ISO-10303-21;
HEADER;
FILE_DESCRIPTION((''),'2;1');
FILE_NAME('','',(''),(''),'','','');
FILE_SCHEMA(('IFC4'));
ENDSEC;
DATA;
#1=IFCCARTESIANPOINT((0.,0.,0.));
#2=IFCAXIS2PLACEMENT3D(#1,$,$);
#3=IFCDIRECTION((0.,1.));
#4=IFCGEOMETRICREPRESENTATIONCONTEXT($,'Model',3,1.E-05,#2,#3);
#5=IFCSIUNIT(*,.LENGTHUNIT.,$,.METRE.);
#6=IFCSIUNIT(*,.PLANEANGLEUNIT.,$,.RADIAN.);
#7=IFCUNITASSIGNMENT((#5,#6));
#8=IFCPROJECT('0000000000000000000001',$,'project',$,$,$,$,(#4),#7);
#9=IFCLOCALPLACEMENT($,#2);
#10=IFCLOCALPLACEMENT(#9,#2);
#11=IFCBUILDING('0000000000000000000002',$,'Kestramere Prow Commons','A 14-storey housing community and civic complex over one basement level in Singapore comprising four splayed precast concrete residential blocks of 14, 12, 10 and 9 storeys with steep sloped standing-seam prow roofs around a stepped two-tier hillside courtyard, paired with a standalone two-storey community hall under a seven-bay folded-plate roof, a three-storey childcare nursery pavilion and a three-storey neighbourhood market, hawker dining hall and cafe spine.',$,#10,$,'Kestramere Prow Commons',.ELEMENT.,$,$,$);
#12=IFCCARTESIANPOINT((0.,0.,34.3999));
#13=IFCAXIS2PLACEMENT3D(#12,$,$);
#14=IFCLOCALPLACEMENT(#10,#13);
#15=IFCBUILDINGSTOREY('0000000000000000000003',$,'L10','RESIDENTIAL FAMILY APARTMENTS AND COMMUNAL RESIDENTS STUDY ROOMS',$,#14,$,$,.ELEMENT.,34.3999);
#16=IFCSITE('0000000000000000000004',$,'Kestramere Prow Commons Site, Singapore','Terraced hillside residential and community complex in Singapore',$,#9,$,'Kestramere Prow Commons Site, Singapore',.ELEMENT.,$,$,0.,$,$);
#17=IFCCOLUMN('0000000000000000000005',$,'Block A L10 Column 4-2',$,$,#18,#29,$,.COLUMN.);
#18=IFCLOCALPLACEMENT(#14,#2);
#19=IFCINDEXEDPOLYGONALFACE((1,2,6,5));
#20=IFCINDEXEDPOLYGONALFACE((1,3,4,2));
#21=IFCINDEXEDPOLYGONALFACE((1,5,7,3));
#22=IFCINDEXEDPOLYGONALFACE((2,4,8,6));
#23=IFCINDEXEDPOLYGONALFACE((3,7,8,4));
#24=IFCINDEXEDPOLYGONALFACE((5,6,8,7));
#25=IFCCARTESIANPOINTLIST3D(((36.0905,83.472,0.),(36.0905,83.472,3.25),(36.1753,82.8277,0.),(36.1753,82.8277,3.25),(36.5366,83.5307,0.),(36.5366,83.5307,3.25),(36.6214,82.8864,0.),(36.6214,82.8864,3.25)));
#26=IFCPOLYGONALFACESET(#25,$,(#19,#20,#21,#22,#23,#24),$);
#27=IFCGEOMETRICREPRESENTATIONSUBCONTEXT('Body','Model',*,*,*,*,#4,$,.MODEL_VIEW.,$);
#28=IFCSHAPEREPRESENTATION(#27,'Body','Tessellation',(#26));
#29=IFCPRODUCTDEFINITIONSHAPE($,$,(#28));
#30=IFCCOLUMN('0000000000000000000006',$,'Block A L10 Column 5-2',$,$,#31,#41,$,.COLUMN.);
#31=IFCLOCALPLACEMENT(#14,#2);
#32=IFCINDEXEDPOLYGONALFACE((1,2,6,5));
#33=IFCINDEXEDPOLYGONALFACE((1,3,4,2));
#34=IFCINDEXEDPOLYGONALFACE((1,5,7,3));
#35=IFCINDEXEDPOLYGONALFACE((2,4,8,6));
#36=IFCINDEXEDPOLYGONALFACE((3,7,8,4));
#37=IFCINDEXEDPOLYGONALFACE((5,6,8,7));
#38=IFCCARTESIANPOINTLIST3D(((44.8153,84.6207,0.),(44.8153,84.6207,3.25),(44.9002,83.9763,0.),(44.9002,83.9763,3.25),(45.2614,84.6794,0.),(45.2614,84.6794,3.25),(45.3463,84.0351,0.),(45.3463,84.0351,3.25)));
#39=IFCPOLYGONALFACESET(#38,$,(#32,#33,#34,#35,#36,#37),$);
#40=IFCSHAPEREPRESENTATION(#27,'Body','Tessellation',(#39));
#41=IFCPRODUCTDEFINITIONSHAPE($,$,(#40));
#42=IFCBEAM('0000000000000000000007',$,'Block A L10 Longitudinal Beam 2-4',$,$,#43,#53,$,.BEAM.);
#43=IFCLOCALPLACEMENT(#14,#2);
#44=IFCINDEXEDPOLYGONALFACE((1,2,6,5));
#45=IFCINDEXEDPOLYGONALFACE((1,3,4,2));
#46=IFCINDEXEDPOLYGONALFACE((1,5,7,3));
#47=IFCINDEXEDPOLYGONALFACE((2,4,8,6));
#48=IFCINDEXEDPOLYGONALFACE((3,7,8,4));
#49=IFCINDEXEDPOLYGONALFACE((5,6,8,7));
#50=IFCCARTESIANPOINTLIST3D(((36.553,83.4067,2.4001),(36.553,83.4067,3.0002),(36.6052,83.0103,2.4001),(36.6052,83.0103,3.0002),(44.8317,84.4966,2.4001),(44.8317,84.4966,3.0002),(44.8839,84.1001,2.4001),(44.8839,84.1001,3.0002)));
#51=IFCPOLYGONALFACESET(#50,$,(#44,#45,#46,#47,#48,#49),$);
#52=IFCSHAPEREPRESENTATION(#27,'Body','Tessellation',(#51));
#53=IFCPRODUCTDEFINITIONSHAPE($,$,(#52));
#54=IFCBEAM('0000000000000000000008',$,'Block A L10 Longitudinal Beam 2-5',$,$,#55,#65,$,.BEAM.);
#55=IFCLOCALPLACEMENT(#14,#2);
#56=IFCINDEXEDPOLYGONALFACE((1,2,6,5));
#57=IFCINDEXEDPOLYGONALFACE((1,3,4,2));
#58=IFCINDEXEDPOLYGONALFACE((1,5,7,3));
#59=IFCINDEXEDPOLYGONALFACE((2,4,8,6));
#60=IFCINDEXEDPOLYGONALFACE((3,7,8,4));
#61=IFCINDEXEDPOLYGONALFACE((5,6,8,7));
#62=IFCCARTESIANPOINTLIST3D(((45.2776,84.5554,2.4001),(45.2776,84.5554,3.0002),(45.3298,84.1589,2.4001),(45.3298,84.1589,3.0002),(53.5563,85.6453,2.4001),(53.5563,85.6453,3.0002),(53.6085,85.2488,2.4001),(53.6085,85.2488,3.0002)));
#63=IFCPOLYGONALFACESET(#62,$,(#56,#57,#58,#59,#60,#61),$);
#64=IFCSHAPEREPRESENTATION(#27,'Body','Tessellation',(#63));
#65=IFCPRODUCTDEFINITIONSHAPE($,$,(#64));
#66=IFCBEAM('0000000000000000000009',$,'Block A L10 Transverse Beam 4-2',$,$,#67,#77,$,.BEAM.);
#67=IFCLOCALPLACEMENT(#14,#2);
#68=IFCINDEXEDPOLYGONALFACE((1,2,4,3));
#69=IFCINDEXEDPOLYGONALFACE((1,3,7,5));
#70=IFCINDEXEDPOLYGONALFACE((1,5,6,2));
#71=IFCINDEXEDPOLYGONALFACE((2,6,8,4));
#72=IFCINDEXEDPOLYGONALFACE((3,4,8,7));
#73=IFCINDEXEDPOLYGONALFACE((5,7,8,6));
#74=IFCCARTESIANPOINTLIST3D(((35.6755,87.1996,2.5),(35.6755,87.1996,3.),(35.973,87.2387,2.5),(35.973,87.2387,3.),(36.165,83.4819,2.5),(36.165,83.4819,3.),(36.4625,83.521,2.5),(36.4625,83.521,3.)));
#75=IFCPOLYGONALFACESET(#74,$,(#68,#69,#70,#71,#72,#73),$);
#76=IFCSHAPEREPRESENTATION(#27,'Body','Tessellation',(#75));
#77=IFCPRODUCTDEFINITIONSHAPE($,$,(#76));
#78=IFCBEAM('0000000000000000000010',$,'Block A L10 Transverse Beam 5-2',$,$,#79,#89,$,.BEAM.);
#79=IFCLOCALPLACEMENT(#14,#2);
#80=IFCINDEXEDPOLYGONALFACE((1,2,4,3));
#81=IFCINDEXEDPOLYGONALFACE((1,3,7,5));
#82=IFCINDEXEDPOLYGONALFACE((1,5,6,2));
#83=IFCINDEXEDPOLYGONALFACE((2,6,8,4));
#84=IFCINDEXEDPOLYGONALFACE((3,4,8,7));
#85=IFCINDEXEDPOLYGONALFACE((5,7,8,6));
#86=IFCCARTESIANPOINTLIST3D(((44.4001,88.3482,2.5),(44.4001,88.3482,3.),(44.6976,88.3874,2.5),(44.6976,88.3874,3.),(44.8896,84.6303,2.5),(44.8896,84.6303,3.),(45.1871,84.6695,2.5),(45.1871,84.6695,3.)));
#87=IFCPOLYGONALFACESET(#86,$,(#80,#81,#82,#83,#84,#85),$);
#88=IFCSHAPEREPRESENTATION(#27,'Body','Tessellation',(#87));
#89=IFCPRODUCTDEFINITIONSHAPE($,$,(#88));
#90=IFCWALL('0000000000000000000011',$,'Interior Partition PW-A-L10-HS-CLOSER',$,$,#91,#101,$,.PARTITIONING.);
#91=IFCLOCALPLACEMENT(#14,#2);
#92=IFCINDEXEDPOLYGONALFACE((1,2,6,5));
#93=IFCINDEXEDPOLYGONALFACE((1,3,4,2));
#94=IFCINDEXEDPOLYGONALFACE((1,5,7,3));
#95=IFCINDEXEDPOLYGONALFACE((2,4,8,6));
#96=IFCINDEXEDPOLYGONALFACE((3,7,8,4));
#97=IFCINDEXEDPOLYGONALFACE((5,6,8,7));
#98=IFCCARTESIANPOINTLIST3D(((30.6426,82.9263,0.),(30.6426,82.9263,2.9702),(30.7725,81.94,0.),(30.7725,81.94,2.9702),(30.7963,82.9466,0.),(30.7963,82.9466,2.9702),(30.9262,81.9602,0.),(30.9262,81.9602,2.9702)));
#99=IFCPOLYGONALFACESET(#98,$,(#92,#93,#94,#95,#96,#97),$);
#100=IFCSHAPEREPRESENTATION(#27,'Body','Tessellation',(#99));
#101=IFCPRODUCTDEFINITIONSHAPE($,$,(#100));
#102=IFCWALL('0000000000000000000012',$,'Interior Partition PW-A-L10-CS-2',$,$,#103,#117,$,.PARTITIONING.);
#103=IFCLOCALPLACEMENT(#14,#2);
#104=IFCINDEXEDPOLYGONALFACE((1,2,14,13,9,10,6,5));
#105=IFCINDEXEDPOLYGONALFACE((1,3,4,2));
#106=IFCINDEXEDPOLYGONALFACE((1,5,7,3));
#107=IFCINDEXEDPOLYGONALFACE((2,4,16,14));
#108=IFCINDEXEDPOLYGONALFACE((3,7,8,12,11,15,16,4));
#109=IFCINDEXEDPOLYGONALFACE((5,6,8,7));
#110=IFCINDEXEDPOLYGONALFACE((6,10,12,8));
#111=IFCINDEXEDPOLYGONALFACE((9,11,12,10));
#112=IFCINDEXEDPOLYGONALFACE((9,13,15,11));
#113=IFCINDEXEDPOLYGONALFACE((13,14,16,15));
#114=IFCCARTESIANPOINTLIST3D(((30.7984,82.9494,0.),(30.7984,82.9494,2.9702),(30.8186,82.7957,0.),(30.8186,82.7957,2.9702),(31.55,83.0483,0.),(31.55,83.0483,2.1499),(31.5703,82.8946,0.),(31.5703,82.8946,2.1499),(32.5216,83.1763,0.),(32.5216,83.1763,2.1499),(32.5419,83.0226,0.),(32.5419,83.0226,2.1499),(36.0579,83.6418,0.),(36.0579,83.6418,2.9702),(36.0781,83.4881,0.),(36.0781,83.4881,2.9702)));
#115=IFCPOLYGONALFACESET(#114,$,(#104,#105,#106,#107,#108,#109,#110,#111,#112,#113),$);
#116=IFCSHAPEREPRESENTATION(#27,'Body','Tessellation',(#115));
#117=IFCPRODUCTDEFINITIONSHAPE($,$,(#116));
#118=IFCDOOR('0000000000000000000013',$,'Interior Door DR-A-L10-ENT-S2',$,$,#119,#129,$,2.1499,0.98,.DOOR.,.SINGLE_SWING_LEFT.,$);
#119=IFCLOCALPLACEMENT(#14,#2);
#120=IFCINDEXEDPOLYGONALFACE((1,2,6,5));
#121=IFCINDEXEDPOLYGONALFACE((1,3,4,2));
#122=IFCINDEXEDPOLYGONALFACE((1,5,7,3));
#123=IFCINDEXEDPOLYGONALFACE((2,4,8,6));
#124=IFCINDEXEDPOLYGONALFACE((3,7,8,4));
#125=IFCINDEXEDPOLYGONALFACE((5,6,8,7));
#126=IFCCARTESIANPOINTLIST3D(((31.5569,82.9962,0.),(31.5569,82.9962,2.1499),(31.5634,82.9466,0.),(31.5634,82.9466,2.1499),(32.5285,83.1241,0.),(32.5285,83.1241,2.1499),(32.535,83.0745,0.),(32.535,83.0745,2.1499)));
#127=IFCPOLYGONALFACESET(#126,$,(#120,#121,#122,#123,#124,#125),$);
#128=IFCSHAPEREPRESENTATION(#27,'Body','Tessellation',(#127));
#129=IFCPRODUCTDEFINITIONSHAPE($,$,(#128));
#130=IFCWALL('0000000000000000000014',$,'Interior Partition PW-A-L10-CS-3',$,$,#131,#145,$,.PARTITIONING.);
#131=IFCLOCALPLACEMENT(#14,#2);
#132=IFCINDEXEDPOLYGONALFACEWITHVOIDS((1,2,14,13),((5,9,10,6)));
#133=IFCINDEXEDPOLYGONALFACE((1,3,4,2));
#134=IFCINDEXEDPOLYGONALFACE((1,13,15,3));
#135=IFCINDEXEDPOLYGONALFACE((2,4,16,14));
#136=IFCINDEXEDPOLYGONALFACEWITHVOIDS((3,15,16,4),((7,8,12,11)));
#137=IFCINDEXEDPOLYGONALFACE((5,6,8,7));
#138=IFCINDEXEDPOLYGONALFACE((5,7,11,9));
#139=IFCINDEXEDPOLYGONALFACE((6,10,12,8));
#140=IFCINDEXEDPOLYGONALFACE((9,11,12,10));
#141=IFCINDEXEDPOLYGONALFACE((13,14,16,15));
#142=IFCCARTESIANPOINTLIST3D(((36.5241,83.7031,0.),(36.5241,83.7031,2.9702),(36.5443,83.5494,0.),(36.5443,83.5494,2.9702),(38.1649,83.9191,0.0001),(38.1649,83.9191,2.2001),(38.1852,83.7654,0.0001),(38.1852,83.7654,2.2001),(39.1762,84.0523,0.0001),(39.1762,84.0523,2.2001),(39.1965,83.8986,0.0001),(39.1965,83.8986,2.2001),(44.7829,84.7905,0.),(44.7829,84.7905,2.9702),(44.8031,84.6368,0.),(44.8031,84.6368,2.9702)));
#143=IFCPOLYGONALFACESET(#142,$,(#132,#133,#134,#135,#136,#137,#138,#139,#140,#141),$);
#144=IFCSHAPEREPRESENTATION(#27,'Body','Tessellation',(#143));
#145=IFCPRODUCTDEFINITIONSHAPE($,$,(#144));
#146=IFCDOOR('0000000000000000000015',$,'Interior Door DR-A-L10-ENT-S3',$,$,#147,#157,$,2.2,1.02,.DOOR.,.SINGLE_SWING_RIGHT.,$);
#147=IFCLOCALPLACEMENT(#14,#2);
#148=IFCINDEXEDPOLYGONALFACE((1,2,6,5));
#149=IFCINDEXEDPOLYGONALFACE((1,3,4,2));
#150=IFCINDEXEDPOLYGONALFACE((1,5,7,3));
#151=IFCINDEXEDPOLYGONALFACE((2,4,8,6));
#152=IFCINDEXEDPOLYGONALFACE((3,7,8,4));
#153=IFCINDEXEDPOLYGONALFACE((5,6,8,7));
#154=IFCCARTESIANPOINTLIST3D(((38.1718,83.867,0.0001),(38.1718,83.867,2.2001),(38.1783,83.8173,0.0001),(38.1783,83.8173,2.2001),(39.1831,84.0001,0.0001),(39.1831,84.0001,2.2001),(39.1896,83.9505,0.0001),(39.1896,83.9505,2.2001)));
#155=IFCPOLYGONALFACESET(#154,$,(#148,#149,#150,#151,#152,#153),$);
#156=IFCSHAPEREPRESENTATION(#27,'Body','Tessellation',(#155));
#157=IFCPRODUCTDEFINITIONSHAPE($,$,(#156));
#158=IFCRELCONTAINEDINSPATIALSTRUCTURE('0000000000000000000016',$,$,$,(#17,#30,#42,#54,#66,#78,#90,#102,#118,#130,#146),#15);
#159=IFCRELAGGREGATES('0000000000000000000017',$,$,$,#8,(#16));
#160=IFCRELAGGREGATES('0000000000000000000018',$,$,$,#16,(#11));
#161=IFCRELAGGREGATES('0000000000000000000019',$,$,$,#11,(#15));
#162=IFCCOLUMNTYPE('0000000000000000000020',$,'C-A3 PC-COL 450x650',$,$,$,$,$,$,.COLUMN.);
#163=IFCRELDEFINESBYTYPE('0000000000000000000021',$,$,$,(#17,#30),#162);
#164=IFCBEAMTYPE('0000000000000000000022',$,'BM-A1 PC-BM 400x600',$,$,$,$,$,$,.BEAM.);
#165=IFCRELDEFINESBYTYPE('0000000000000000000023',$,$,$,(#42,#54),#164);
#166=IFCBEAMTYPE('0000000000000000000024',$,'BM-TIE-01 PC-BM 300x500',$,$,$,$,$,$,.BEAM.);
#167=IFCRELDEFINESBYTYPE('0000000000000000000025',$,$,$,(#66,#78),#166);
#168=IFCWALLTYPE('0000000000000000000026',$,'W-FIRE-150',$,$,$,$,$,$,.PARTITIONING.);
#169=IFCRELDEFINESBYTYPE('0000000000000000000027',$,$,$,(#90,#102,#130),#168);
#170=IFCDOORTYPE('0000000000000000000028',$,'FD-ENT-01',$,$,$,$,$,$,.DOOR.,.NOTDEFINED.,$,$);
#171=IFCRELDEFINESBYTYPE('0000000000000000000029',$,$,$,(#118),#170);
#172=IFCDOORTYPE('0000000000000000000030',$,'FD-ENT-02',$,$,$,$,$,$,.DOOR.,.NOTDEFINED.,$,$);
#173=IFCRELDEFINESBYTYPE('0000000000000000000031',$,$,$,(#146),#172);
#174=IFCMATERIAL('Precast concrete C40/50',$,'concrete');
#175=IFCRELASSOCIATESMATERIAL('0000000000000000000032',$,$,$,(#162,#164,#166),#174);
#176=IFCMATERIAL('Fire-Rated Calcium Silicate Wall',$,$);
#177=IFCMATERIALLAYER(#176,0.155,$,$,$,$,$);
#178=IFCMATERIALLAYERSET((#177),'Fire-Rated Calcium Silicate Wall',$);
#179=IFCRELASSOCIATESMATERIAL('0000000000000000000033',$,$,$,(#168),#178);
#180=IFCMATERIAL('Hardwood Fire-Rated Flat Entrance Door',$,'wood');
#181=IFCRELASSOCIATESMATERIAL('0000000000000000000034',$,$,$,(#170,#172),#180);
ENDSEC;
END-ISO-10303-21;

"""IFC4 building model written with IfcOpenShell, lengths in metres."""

from ifc_helpers import new_model, si_unit, direction, frame, frame_2d, origin, origin_2d, place, context, subcontext, project, spatial, rectangle, extrude, material, layer, layer_set, material_profile, profile_set, type_object, element, fill, save


model = new_model("IFC4")

# Units and contexts
model_context = context("Model", 3, precision=1e-05, world=origin(), true_north=direction((0.0, 1.0)))
body_context = subcontext(model_context, "Body", "Model", "MODEL_VIEW")
ifc_project = project(units=[si_unit("LENGTHUNIT", "METRE"), si_unit("PLANEANGLEUNIT", "RADIAN")], contexts=[model_context])

# Site, building, storey
site_placement = place(None, origin())
site = spatial("IfcSite", under=ifc_project, at=site_placement, Name="Kestramere Prow Commons Site, Singapore", Description="Terraced hillside residential and community complex in Singapore", LongName="Kestramere Prow Commons Site, Singapore", CompositionType="ELEMENT", RefElevation=0.0)
building_placement = place(site_placement, origin())
building = spatial("IfcBuilding", under=site, at=building_placement, Name="Kestramere Prow Commons", Description="A 14-storey housing community and civic complex over one basement level in Singapore comprising four splayed precast concrete residential blocks of 14, 12, 10 and 9 storeys with steep sloped standing-seam prow roofs around a stepped two-tier hillside courtyard, paired with a standalone two-storey community hall under a seven-bay folded-plate roof, a three-storey childcare nursery pavilion and a three-storey neighbourhood market, hawker dining hall and cafe spine.", LongName="Kestramere Prow Commons", CompositionType="ELEMENT")
storey_placement = place(building_placement, frame((0.0, 0.0, 34.3999)))
storey = spatial("IfcBuildingStorey", under=building, at=storey_placement, Name="L10", Description="RESIDENTIAL FAMILY APARTMENTS AND COMMUNAL RESIDENTS STUDY ROOMS", CompositionType="ELEMENT", Elevation=34.3999)

# Columns
ifc_material_1 = material(Name="Precast concrete C40/50", Category="concrete")
ifc_material_profile_1 = material_profile(ifc_material_1, rectangle(XDim=0.45, YDim=0.6499, at=origin_2d()), Name="PC-COL 450x650")
ifc_profile_set_1 = profile_set([ifc_material_profile_1], Name="Precast concrete C40/50")
column_type = type_object("IfcColumnType", Name="C-A3 PC-COL 450x650", PredefinedType="COLUMN", material=ifc_profile_set_1)
for number, where, z_axis, x_axis, name in (
    (1, (36.356, 83.1792, 0.0), (0.0, 0.0, 1.0), (0.991445, 0.130526, 0.0), "Block A L10 Column 4-2"),
    (2, (45.0808, 84.3279, 0.0), (0.0, 0.0, 1.0), (0.991445, 0.130526, 0.0), "Block A L10 Column 5-2"),
):
    element("IfcColumn", number, at=place(storey_placement, frame(where, z_axis=z_axis, x_axis=x_axis)), inside=storey, type_object=column_type, Name=name, PredefinedType="COLUMN", context=body_context, shape_type="SweptSolid", body=[
        extrude(rectangle(XDim=0.45, YDim=0.6499, at=origin_2d()), origin(), (0.0, 0.0, 1.0), 3.25),
    ])

# Beams
ifc_material_profile_2 = material_profile(ifc_material_1, rectangle(XDim=0.3999, YDim=0.6001, at=origin_2d()), Name="PC-BM 400x600")
ifc_profile_set_2 = profile_set([ifc_material_profile_2], Name="Precast concrete C40/50")
beam_type_1 = type_object("IfcBeamType", Name="BM-A1 PC-BM 400x600", PredefinedType="BEAM", material=ifc_profile_set_2)
for number, where, z_axis, x_axis, name in (
    (3, (36.5791, 83.2085, 2.7002), (0.991446, 0.13052, 0.0), (-0.13052, 0.991446, 0.0), "Block A L10 Longitudinal Beam 2-4"),
    (4, (45.3037, 84.3572, 2.7002), (0.991446, 0.13052, 0.0), (-0.13052, 0.991446, 0.0), "Block A L10 Longitudinal Beam 2-5"),
):
    element("IfcBeam", number, at=place(storey_placement, frame(where, z_axis=z_axis, x_axis=x_axis)), inside=storey, type_object=beam_type_1, Name=name, PredefinedType="BEAM", context=body_context, shape_type="SweptSolid", body=[
        extrude(rectangle(XDim=0.3999, YDim=0.6001, at=origin_2d()), origin(), (0.0, 0.0, 1.0), 8.3501),
    ])
ifc_material_profile_3 = material_profile(ifc_material_1, rectangle(XDim=0.3, YDim=0.5, at=origin_2d()), Name="PC-BM 300x500")
ifc_profile_set_3 = profile_set([ifc_material_profile_3], Name="Precast concrete C40/50")
beam_type_2 = type_object("IfcBeamType", Name="BM-TIE-01 PC-BM 300x500", PredefinedType="BEAM", material=ifc_profile_set_3)
beam_1_placement = place(storey_placement, frame((36.3137, 83.5015, 2.75), z_axis=(-0.130539, 0.991443, 0.0), x_axis=(-0.991443, -0.130539, 0.0)))
element("IfcBeam", 5, at=beam_1_placement, inside=storey, type_object=beam_type_2, Name="Block A L10 Transverse Beam 4-2", PredefinedType="BEAM", context=body_context, shape_type="SweptSolid", body=[
    extrude(rectangle(XDim=0.3, YDim=0.5, at=origin_2d()), origin(), (0.0, 0.0, 1.0), 3.7498),
])
beam_2_placement = place(storey_placement, frame((45.0383, 84.6499, 2.75), z_axis=(-0.13053, 0.991444, 0.0), x_axis=(-0.991444, -0.13053, 0.0)))
element("IfcBeam", 6, at=beam_2_placement, inside=storey, type_object=beam_type_2, Name="Block A L10 Transverse Beam 5-2", PredefinedType="BEAM", context=body_context, shape_type="SweptSolid", body=[
    extrude(rectangle(XDim=0.3, YDim=0.5, at=origin_2d()), origin(), (0.0, 0.0, 1.0), 3.75),
])

# Wall
ifc_material_2 = material(Name="Fire-Rated Calcium Silicate Wall")
ifc_layer_1 = layer(ifc_material_2, 0.155)
ifc_layer_set_1 = layer_set([ifc_layer_1], Name="Fire-Rated Calcium Silicate Wall")
wall_type_1 = type_object("IfcWallType", Name="W-FIRE-150", PredefinedType="PARTITIONING", material=ifc_layer_set_1)
wall_1_placement = place(storey_placement, frame((30.8494, 81.95, 0.0), z_axis=(0.0, 0.0, 1.0), x_axis=(-0.130556, 0.991441, 0.0)))
element("IfcWall", 7, at=wall_1_placement, inside=storey, type_object=wall_type_1, Name="Interior Partition PW-A-L10-HS-CLOSER", PredefinedType="PARTITIONING", context=body_context, shape_type="SweptSolid", body=[
    extrude(rectangle(XDim=0.9949, YDim=0.155, at=frame_2d((0.4976, 0.0))), origin(), (0.0, 0.0, 1.0), 2.9702),
])

# Walls, openings, doors
wall_2_placement = place(storey_placement, frame((30.8086, 82.8726, 0.0), z_axis=(0.0, 0.0, 1.0), x_axis=(0.991446, 0.130518, 0.0)))
wall_2 = element("IfcWall", 8, at=wall_2_placement, inside=storey, type_object=wall_type_1, Name="Interior Partition PW-A-L10-CS-2", PredefinedType="PARTITIONING", context=body_context, shape_type="SweptSolid", body=[
    extrude(rectangle(XDim=5.3049, YDim=0.155, at=frame_2d((2.6523, 0.0))), origin(), (0.0, 0.0, 1.0), 2.9702),
])
opening_1_placement = place(wall_2_placement, frame((0.7581, 0.0, 0.0)))
opening_1 = element("IfcOpeningElement", 9, at=opening_1_placement, cuts=wall_2, PredefinedType="OPENING", context=body_context, shape_type="SweptSolid", body=[
    extrude(rectangle(XDim=0.98, YDim=2.1499, at=frame_2d((0.49, 1.075))), frame((0.0, 0.0925, 0.0), z_axis=(0.0, -1.0, 0.0), x_axis=(1.0, 0.0, 0.0)), (0.0, 0.0, 1.0), 0.1851),
])
ifc_material_3 = material(Name="Hardwood Fire-Rated Flat Entrance Door", Category="wood")
door_type_1 = type_object("IfcDoorType", Name="FD-ENT-01", OperationType="NOTDEFINED", PredefinedType="DOOR", material=ifc_material_3)
door_1_placement = place(opening_1_placement, origin())
door_1 = element("IfcDoor", 10, at=door_1_placement, inside=storey, type_object=door_type_1, Name="Interior Door DR-A-L10-ENT-S2", OperationType="SINGLE_SWING_LEFT", OverallHeight=2.1499, OverallWidth=0.98, PredefinedType="DOOR", context=body_context, shape_type="SweptSolid", body=[
    extrude(rectangle(XDim=0.98, YDim=2.1499, at=frame_2d((0.49, 1.075))), frame((0.0, 0.0249, 0.0), z_axis=(0.0, -1.0, 0.0), x_axis=(1.0, 0.0, 0.0)), (0.0, 0.0, 1.0), 0.05),
])
fill(opening_1, door_1)
wall_3_placement = place(storey_placement, frame((36.5342, 83.6262, 0.0), z_axis=(0.0, 0.0, 1.0), x_axis=(0.991443, 0.130539, 0.0)))
wall_3 = element("IfcWall", 11, at=wall_3_placement, inside=storey, type_object=wall_type_1, Name="Interior Partition PW-A-L10-CS-3", PredefinedType="PARTITIONING", context=body_context, shape_type="SweptSolid", body=[
    extrude(rectangle(XDim=8.3301, YDim=0.155, at=frame_2d((4.165, 0.0))), origin(), (0.0, 0.0, 1.0), 2.9702),
])
opening_2_placement = place(wall_3_placement, frame((1.655, 0.0, 0.0)))
opening_2 = element("IfcOpeningElement", 12, at=opening_2_placement, cuts=wall_3, PredefinedType="OPENING", context=body_context, shape_type="SweptSolid", body=[
    extrude(rectangle(XDim=1.02, YDim=2.2, at=frame_2d((0.51, 1.1001))), frame((0.0, 0.0925, 0.0), z_axis=(0.0, -1.0, 0.0), x_axis=(1.0, 0.0, 0.0)), (0.0, 0.0, 1.0), 0.1851),
])
door_type_2 = type_object("IfcDoorType", Name="FD-ENT-02", OperationType="NOTDEFINED", PredefinedType="DOOR", material=ifc_material_3)
door_2_placement = place(opening_2_placement, origin())
door_2 = element("IfcDoor", 13, at=door_2_placement, inside=storey, type_object=door_type_2, Name="Interior Door DR-A-L10-ENT-S3", OperationType="SINGLE_SWING_RIGHT", OverallHeight=2.2, OverallWidth=1.02, PredefinedType="DOOR", context=body_context, shape_type="SweptSolid", body=[
    extrude(rectangle(XDim=1.02, YDim=2.2, at=frame_2d((0.51, 1.1001))), frame((0.0, 0.0249, 0.0), z_axis=(0.0, -1.0, 0.0), x_axis=(1.0, 0.0, 0.0)), (0.0, 0.0, 1.0), 0.05),
])
fill(opening_2, door_2)

save(model, "model.ifc")
